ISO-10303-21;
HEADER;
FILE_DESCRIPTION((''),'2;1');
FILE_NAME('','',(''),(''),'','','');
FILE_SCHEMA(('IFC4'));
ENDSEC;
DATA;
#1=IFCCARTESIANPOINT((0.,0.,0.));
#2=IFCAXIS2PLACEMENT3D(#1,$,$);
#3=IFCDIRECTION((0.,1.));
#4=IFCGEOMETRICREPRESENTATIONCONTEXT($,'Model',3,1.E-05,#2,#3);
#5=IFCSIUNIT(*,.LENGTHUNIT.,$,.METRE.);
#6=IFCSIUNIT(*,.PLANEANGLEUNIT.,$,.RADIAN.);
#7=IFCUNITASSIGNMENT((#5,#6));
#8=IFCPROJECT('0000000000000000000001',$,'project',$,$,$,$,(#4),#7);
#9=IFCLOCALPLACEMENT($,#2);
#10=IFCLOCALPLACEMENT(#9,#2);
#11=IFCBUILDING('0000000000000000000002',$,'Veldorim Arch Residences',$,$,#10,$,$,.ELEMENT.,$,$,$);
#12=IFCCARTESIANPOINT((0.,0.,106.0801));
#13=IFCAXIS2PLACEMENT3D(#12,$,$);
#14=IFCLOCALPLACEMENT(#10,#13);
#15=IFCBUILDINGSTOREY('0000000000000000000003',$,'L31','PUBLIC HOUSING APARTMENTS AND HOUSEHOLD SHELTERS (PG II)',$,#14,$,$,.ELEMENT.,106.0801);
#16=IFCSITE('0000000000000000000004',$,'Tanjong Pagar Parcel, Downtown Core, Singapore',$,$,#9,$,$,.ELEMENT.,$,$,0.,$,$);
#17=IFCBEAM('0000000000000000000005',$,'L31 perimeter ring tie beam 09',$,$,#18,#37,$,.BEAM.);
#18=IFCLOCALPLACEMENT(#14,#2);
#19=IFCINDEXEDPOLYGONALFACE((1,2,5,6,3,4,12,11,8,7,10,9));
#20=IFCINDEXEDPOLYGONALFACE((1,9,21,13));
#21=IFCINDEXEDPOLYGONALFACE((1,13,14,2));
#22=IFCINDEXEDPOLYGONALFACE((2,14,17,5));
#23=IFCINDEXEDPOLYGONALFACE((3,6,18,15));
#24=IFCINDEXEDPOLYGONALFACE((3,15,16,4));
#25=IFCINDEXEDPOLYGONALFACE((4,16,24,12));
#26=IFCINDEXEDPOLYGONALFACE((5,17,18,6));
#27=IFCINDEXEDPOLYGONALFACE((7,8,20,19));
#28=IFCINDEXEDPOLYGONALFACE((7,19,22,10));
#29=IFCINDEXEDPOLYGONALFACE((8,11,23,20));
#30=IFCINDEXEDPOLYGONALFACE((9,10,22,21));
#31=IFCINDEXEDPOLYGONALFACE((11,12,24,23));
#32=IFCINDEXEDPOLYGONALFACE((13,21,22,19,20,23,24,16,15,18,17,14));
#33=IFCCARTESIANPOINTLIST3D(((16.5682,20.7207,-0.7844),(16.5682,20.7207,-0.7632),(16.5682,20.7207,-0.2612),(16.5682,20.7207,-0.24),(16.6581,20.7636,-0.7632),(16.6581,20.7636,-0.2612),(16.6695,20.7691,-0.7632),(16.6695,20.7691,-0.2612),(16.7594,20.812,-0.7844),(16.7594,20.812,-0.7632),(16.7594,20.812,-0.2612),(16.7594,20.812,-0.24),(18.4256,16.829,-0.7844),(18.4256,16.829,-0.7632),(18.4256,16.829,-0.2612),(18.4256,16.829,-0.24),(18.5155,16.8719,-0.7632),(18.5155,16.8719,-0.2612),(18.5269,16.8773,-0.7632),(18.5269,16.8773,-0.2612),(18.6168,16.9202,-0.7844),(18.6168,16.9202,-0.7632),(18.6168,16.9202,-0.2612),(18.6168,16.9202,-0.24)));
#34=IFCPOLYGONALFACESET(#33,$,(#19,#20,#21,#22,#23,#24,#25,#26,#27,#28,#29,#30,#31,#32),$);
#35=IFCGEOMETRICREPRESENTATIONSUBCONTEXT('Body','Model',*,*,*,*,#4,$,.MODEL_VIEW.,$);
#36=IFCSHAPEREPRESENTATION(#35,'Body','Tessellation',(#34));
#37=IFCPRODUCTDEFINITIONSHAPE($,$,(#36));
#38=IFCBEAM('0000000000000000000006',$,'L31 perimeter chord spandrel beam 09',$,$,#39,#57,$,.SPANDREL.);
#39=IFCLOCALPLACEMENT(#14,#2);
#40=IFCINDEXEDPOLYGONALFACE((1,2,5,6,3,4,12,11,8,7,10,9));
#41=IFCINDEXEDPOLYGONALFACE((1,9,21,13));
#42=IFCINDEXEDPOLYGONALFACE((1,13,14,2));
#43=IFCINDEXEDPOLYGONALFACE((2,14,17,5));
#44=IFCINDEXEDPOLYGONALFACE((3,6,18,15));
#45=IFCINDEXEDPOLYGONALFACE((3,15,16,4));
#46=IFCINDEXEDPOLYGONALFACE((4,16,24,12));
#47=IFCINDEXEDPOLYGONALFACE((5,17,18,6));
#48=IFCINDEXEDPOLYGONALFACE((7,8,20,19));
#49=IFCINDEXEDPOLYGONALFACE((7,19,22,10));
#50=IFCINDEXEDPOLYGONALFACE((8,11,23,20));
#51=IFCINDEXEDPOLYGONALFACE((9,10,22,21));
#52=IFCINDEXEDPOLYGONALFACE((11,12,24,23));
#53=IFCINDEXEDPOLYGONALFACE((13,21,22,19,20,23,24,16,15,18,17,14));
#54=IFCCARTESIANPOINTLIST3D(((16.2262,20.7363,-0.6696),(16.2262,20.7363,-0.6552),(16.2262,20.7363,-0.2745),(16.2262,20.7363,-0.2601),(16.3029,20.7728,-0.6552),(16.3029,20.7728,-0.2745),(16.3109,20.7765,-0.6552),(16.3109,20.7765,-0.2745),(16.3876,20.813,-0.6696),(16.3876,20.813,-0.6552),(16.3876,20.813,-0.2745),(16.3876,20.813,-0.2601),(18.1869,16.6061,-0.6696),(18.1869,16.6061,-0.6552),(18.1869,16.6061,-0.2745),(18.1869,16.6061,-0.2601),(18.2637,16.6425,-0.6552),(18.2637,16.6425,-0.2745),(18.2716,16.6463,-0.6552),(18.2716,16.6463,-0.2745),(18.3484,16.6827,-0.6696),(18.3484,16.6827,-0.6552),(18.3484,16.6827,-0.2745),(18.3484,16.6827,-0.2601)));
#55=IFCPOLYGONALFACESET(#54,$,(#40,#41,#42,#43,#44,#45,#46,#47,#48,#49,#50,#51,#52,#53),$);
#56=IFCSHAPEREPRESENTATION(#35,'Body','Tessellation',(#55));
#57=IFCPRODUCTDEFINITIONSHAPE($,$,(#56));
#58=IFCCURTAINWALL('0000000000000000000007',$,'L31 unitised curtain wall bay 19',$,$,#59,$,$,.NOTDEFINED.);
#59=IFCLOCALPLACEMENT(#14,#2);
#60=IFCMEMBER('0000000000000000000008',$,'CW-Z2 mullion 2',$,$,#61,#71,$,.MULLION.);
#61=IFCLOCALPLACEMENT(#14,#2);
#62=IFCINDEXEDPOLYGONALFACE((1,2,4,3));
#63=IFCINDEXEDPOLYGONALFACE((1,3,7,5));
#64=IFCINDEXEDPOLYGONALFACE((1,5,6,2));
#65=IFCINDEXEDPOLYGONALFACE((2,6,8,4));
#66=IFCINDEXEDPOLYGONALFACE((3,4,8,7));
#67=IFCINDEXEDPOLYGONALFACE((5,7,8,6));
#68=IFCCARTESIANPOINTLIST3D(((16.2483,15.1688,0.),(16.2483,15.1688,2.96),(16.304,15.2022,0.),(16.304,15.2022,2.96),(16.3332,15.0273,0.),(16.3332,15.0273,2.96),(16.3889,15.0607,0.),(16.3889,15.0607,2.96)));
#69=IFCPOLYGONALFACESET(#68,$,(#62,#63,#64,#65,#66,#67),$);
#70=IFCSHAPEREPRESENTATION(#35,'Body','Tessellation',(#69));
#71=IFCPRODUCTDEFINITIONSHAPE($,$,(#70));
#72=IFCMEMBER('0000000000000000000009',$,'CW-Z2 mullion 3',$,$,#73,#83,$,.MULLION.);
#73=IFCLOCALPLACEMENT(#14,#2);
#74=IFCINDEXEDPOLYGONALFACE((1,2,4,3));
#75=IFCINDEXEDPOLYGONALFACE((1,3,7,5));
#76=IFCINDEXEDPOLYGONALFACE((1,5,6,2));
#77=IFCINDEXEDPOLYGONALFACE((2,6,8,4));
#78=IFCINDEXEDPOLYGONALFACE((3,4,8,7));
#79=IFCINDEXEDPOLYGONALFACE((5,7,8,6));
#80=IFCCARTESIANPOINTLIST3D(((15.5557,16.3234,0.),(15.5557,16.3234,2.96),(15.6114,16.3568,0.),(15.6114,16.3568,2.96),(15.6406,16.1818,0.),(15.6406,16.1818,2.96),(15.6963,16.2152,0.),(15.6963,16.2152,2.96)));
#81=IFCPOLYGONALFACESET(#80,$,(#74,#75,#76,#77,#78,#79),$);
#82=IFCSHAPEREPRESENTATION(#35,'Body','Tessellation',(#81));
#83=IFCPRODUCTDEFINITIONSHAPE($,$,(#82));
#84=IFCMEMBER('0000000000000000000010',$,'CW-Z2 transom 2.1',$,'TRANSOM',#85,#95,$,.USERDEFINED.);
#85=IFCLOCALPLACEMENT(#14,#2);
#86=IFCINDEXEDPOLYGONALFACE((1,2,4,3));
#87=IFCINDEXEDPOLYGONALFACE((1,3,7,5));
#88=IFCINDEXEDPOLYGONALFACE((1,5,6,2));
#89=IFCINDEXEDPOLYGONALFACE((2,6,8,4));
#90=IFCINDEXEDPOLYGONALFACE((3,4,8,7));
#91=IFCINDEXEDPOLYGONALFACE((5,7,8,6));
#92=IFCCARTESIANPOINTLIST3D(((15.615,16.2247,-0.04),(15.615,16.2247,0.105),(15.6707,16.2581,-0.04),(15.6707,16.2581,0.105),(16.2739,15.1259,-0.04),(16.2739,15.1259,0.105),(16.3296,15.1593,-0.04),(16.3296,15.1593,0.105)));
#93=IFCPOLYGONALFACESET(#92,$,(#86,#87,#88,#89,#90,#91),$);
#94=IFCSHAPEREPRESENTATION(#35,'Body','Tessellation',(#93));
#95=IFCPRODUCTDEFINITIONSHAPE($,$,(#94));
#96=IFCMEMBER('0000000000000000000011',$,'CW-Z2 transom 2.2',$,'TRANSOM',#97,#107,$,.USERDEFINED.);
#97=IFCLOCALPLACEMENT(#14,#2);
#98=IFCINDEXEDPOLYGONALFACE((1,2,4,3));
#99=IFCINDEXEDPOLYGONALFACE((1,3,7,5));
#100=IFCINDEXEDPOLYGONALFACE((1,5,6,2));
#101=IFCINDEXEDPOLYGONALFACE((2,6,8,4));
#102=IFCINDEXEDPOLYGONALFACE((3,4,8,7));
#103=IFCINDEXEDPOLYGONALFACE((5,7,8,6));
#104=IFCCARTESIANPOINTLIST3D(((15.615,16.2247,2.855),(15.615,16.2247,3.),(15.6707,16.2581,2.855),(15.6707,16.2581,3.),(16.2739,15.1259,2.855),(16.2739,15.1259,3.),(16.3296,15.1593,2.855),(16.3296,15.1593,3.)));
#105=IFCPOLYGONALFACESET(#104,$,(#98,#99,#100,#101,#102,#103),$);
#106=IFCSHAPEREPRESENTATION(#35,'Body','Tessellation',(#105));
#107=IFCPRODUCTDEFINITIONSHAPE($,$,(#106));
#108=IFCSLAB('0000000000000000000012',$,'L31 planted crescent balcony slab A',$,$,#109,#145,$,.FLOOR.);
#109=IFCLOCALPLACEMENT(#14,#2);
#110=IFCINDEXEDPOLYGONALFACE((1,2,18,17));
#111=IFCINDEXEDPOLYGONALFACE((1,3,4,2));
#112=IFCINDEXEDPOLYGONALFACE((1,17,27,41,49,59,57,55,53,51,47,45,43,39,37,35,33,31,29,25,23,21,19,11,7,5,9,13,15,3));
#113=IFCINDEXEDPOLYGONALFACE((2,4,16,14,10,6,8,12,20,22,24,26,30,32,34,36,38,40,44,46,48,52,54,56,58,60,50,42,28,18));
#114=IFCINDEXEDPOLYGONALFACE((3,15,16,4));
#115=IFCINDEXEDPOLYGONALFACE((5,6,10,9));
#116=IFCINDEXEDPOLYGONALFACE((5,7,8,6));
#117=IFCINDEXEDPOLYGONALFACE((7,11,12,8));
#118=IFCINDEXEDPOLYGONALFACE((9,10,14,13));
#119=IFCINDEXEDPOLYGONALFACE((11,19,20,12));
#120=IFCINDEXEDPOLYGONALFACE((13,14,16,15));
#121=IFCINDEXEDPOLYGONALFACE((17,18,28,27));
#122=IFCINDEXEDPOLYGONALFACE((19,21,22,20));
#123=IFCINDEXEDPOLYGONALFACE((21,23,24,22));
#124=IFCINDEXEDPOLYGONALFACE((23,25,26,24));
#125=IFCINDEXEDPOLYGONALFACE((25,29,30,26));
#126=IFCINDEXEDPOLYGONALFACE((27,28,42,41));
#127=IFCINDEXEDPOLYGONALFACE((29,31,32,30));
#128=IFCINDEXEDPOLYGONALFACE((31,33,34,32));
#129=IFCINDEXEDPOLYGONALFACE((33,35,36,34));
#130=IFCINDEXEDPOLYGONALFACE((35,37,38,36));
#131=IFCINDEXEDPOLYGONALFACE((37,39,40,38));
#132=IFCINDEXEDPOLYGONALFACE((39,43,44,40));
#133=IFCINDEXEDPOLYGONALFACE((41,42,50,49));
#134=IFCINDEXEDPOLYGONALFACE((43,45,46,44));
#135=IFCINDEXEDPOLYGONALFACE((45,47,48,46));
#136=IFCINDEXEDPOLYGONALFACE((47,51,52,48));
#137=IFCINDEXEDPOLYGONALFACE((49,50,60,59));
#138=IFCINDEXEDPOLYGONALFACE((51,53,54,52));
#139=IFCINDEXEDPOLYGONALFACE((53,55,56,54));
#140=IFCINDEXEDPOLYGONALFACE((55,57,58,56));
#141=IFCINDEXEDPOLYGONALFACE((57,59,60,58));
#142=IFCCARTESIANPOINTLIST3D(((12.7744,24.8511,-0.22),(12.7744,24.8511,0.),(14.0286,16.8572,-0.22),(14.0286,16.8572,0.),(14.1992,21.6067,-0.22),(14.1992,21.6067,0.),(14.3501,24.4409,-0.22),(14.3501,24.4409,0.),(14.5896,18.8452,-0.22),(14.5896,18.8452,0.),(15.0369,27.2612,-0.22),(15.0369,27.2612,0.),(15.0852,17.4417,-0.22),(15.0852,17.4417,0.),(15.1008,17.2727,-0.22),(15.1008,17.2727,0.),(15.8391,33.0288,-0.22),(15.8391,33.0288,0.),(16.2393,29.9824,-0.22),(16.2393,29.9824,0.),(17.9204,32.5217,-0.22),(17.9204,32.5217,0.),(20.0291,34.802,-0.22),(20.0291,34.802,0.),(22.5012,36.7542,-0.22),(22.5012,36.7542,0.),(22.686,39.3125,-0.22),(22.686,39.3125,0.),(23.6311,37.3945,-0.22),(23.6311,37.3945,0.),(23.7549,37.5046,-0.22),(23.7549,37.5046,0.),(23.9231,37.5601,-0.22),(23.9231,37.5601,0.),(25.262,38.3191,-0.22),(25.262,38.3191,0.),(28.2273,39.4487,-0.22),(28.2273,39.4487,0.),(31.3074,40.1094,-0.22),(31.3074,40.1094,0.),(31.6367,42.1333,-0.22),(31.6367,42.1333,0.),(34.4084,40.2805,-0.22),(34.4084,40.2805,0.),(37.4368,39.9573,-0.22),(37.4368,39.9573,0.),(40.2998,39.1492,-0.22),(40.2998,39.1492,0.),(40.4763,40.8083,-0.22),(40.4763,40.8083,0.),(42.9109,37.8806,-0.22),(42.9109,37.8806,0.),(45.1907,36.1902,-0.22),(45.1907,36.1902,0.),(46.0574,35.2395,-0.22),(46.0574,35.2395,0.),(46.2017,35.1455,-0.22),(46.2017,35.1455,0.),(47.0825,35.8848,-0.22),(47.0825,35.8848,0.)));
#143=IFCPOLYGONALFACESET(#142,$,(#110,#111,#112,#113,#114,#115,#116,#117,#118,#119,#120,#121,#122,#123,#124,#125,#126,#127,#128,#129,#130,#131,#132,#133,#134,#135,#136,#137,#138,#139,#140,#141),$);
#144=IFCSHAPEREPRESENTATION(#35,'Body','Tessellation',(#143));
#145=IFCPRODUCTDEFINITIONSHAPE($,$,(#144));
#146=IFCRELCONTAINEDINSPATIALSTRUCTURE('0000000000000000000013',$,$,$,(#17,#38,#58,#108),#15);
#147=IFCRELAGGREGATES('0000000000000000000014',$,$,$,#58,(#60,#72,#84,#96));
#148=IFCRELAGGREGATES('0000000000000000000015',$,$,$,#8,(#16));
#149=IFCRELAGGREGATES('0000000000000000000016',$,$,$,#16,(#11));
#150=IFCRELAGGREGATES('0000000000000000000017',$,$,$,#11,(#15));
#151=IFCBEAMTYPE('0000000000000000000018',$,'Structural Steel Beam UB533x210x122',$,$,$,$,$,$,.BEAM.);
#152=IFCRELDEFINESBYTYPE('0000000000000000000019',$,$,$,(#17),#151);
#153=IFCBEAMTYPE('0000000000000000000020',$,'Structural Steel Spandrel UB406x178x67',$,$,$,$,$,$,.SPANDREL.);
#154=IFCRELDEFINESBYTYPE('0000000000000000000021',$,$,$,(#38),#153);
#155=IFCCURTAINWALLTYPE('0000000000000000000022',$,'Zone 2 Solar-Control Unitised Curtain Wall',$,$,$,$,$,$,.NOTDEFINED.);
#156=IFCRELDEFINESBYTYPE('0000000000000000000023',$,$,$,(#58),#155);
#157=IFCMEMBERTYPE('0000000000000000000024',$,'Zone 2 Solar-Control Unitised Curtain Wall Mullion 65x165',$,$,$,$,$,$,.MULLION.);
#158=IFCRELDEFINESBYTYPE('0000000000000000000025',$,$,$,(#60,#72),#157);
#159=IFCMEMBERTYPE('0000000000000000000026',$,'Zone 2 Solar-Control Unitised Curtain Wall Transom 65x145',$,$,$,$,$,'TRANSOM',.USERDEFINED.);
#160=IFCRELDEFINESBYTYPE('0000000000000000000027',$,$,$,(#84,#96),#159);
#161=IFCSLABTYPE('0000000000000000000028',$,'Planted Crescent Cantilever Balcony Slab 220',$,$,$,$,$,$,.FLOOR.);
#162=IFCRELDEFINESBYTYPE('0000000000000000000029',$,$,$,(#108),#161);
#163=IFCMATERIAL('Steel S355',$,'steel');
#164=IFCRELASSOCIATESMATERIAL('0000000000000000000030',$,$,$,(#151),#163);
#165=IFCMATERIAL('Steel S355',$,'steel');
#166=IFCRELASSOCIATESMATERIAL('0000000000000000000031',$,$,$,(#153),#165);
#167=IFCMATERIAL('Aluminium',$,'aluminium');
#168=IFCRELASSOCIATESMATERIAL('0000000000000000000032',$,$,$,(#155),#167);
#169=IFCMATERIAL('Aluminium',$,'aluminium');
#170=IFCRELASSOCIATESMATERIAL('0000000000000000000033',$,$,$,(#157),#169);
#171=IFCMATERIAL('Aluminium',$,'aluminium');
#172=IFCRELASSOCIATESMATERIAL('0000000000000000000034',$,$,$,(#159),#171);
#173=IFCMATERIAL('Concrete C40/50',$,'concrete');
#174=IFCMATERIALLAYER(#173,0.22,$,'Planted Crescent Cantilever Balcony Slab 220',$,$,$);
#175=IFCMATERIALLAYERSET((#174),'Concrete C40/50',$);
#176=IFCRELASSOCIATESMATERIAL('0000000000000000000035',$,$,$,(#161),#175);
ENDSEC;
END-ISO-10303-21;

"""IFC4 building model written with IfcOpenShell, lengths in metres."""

from ifc_helpers import new_model, si_unit, direction, frame, origin, origin_2d, place, context, subcontext, project, spatial, polyline, rectangle, i_section, outline, extrude, material, layer, layer_set, material_profile, profile_set, type_object, element, aggregate, save


model = new_model("IFC4")

# Units and contexts
model_context = context("Model", 3, precision=1e-05, world=origin(), true_north=direction((0.0, 1.0)))
body_context = subcontext(model_context, "Body", "Model", "MODEL_VIEW")
ifc_project = project(units=[si_unit("LENGTHUNIT", "METRE"), si_unit("PLANEANGLEUNIT", "RADIAN")], contexts=[model_context])

# Site, building, storey
site_placement = place(None, origin())
site = spatial("IfcSite", under=ifc_project, at=site_placement, Name="Tanjong Pagar Parcel, Downtown Core, Singapore", CompositionType="ELEMENT", RefElevation=0.0)
building_placement = place(site_placement, origin())
building = spatial("IfcBuilding", under=site, at=building_placement, Name="Veldorim Arch Residences", CompositionType="ELEMENT")
storey_placement = place(building_placement, frame((0.0, 0.0, 106.0801)))
storey = spatial("IfcBuildingStorey", under=building, at=storey_placement, Name="L31", Description="PUBLIC HOUSING APARTMENTS AND HOUSEHOLD SHELTERS (PG II)", CompositionType="ELEMENT", Elevation=106.0801)

# Beams
ifc_material_1 = material(Name="Steel S355", Category="steel")
ifc_material_profile_1 = material_profile(ifc_material_1, i_section(OverallWidth=0.2119, OverallDepth=0.5444, WebThickness=0.0127, FlangeThickness=0.0212, at=origin_2d()), Name="UB533x210x122")
ifc_profile_set_1 = profile_set([ifc_material_profile_1], Name="Steel S355")
beam_type_1 = type_object("IfcBeamType", Name="Structural Steel Beam UB533x210x122", PredefinedType="BEAM", material=ifc_profile_set_1)
beam_1_placement = place(storey_placement, frame((16.6638, 20.7664, -0.5122), z_axis=(0.43072, -0.902486, 0.0), x_axis=(0.902486, 0.43072, 0.0)))
element("IfcBeam", 1, at=beam_1_placement, inside=storey, type_object=beam_type_1, Name="L31 perimeter ring tie beam 09", PredefinedType="BEAM", context=body_context, shape_type="SweptSolid", body=[
    extrude(i_section(OverallWidth=0.2119, OverallDepth=0.5444, WebThickness=0.0127, FlangeThickness=0.0212, at=origin_2d()), origin(), (0.0, 0.0, 1.0), 4.3123),
])
ifc_material_2 = material(Name="Steel S355", Category="steel")
ifc_material_profile_2 = material_profile(ifc_material_2, i_section(OverallWidth=0.1787, OverallDepth=0.4094, WebThickness=0.0088, FlangeThickness=0.0144, at=origin_2d()), Name="UB406x178x67")
ifc_profile_set_2 = profile_set([ifc_material_profile_2], Name="Steel S355")
beam_type_2 = type_object("IfcBeamType", Name="Structural Steel Spandrel UB406x178x67", PredefinedType="SPANDREL", material=ifc_profile_set_2)
beam_2_placement = place(storey_placement, frame((16.3069, 20.7747, -0.4648), z_axis=(0.428857, -0.903372, 0.0), x_axis=(0.903372, 0.428857, 0.0)))
element("IfcBeam", 2, at=beam_2_placement, inside=storey, type_object=beam_type_2, Name="L31 perimeter chord spandrel beam 09", PredefinedType="SPANDREL", context=body_context, shape_type="SweptSolid", body=[
    extrude(i_section(OverallWidth=0.1787, OverallDepth=0.4094, WebThickness=0.0088, FlangeThickness=0.0144, at=origin_2d()), origin(), (0.0, 0.0, 1.0), 4.572),
])

# Curtain wall, members
ifc_material_3 = material(Name="Aluminium", Category="aluminium")
curtain_wall_type = type_object("IfcCurtainWallType", Name="Zone 2 Solar-Control Unitised Curtain Wall", PredefinedType="NOTDEFINED", material=ifc_material_3)
curtain_wall_placement = place(storey_placement, origin())
curtain_wall = element("IfcCurtainWall", 3, at=curtain_wall_placement, inside=storey, type_object=curtain_wall_type, Name="L31 unitised curtain wall bay 19", PredefinedType="NOTDEFINED")
ifc_material_4 = material(Name="Aluminium", Category="aluminium")
ifc_material_profile_3 = material_profile(ifc_material_4, rectangle(XDim=0.0649, YDim=0.165, at=origin_2d()), Name="ALU_MUL_65x165")
ifc_profile_set_3 = profile_set([ifc_material_profile_3], Name="Aluminium")
member_type_1 = type_object("IfcMemberType", Name="Zone 2 Solar-Control Unitised Curtain Wall Mullion 65x165", PredefinedType="MULLION", material=ifc_profile_set_3)
member_1_placement = place(storey_placement, frame((16.3186, 15.1147, 0.0), z_axis=(0.0, 0.0, 1.0), x_axis=(-0.85757, -0.514368, 0.0)))
member_1 = element("IfcMember", 4, at=member_1_placement, type_object=member_type_1, Name="CW-Z2 mullion 2", PredefinedType="MULLION", context=body_context, shape_type="SweptSolid", body=[
    extrude(rectangle(XDim=0.0649, YDim=0.165, at=origin_2d()), origin(), (0.0, 0.0, 1.0), 2.96),
])
member_2_placement = place(storey_placement, frame((15.626, 16.2693, 0.0), z_axis=(0.0, 0.0, 1.0), x_axis=(-0.85757, -0.514368, 0.0)))
member_2 = element("IfcMember", 5, at=member_2_placement, type_object=member_type_1, Name="CW-Z2 mullion 3", PredefinedType="MULLION", context=body_context, shape_type="SweptSolid", body=[
    extrude(rectangle(XDim=0.0649, YDim=0.165, at=origin_2d()), origin(), (0.0, 0.0, 1.0), 2.96),
])
ifc_material_5 = material(Name="Aluminium", Category="aluminium")
ifc_material_profile_4 = material_profile(ifc_material_5, rectangle(XDim=0.0649, YDim=0.145, at=origin_2d()), Name="ALU_TRN_65x145")
ifc_profile_set_4 = profile_set([ifc_material_profile_4], Name="Aluminium")
member_type_2 = type_object("IfcMemberType", Name="Zone 2 Solar-Control Unitised Curtain Wall Transom 65x145", ElementType="TRANSOM", PredefinedType="USERDEFINED", material=ifc_profile_set_4)
member_3_placement = place(storey_placement, frame((16.3018, 15.1426, 0.0325), z_axis=(-0.514272, 0.857627, 0.0), x_axis=(-0.857627, -0.514272, 0.0)))
member_3 = element("IfcMember", 6, at=member_3_placement, type_object=member_type_2, Name="CW-Z2 transom 2.1", ObjectType="TRANSOM", PredefinedType="USERDEFINED", context=body_context, shape_type="SweptSolid", body=[
    extrude(rectangle(XDim=0.0649, YDim=0.145, at=origin_2d()), origin(), (0.0, 0.0, 1.0), 1.2812),
])
member_4_placement = place(storey_placement, frame((16.3018, 15.1426, 2.9275), z_axis=(-0.514272, 0.857627, 0.0), x_axis=(-0.857627, -0.514272, 0.0)))
member_4 = element("IfcMember", 7, at=member_4_placement, type_object=member_type_2, Name="CW-Z2 transom 2.2", ObjectType="TRANSOM", PredefinedType="USERDEFINED", context=body_context, shape_type="SweptSolid", body=[
    extrude(rectangle(XDim=0.0649, YDim=0.145, at=origin_2d()), origin(), (0.0, 0.0, 1.0), 1.2812),
])

# Slab
ifc_material_6 = material(Name="Concrete C40/50", Category="concrete")
ifc_layer_1 = layer(ifc_material_6, 0.22, Name="Planted Crescent Cantilever Balcony Slab 220")
ifc_layer_set_1 = layer_set([ifc_layer_1], Name="Concrete C40/50")
slab_type_1 = type_object("IfcSlabType", Name="Planted Crescent Cantilever Balcony Slab 220", PredefinedType="FLOOR", material=ifc_layer_set_1)
slab_1_placement = place(storey_placement, frame((0.0, 0.0, -0.22)))
element("IfcSlab", 8, at=slab_1_placement, inside=storey, type_object=slab_type_1, Name="L31 planted crescent balcony slab A", PredefinedType="FLOOR", context=body_context, shape_type="SweptSolid", body=[
    extrude(outline(polyline([(46.0574, 35.2395), (45.1907, 36.1902), (42.9109, 37.8806), (40.2998, 39.1492), (37.4368, 39.9573), (34.4084, 40.2805), (31.3074, 40.1094), (28.2273, 39.4487), (25.262, 38.3191), (23.9231, 37.5601), (23.7549, 37.5046), (23.6311, 37.3945), (22.5012, 36.7542), (20.0291, 34.802), (17.9204, 32.5217), (16.2393, 29.9824), (15.0369, 27.2612), (14.3501, 24.4409), (14.1992, 21.6067), (14.5896, 18.8452), (15.0852, 17.4417), (15.1008, 17.2727), (14.0286, 16.8572), (12.7744, 24.8511), (15.8391, 33.0288), (22.686, 39.3125), (31.6367, 42.1333), (40.4763, 40.8083), (47.0825, 35.8848), (46.2017, 35.1455), (46.0574, 35.2395)])), origin(), (0.0, 0.0, 1.0), 0.22),
])

aggregate(curtain_wall, [member_1, member_2, member_3, member_4])

save(model, "model.ifc")
